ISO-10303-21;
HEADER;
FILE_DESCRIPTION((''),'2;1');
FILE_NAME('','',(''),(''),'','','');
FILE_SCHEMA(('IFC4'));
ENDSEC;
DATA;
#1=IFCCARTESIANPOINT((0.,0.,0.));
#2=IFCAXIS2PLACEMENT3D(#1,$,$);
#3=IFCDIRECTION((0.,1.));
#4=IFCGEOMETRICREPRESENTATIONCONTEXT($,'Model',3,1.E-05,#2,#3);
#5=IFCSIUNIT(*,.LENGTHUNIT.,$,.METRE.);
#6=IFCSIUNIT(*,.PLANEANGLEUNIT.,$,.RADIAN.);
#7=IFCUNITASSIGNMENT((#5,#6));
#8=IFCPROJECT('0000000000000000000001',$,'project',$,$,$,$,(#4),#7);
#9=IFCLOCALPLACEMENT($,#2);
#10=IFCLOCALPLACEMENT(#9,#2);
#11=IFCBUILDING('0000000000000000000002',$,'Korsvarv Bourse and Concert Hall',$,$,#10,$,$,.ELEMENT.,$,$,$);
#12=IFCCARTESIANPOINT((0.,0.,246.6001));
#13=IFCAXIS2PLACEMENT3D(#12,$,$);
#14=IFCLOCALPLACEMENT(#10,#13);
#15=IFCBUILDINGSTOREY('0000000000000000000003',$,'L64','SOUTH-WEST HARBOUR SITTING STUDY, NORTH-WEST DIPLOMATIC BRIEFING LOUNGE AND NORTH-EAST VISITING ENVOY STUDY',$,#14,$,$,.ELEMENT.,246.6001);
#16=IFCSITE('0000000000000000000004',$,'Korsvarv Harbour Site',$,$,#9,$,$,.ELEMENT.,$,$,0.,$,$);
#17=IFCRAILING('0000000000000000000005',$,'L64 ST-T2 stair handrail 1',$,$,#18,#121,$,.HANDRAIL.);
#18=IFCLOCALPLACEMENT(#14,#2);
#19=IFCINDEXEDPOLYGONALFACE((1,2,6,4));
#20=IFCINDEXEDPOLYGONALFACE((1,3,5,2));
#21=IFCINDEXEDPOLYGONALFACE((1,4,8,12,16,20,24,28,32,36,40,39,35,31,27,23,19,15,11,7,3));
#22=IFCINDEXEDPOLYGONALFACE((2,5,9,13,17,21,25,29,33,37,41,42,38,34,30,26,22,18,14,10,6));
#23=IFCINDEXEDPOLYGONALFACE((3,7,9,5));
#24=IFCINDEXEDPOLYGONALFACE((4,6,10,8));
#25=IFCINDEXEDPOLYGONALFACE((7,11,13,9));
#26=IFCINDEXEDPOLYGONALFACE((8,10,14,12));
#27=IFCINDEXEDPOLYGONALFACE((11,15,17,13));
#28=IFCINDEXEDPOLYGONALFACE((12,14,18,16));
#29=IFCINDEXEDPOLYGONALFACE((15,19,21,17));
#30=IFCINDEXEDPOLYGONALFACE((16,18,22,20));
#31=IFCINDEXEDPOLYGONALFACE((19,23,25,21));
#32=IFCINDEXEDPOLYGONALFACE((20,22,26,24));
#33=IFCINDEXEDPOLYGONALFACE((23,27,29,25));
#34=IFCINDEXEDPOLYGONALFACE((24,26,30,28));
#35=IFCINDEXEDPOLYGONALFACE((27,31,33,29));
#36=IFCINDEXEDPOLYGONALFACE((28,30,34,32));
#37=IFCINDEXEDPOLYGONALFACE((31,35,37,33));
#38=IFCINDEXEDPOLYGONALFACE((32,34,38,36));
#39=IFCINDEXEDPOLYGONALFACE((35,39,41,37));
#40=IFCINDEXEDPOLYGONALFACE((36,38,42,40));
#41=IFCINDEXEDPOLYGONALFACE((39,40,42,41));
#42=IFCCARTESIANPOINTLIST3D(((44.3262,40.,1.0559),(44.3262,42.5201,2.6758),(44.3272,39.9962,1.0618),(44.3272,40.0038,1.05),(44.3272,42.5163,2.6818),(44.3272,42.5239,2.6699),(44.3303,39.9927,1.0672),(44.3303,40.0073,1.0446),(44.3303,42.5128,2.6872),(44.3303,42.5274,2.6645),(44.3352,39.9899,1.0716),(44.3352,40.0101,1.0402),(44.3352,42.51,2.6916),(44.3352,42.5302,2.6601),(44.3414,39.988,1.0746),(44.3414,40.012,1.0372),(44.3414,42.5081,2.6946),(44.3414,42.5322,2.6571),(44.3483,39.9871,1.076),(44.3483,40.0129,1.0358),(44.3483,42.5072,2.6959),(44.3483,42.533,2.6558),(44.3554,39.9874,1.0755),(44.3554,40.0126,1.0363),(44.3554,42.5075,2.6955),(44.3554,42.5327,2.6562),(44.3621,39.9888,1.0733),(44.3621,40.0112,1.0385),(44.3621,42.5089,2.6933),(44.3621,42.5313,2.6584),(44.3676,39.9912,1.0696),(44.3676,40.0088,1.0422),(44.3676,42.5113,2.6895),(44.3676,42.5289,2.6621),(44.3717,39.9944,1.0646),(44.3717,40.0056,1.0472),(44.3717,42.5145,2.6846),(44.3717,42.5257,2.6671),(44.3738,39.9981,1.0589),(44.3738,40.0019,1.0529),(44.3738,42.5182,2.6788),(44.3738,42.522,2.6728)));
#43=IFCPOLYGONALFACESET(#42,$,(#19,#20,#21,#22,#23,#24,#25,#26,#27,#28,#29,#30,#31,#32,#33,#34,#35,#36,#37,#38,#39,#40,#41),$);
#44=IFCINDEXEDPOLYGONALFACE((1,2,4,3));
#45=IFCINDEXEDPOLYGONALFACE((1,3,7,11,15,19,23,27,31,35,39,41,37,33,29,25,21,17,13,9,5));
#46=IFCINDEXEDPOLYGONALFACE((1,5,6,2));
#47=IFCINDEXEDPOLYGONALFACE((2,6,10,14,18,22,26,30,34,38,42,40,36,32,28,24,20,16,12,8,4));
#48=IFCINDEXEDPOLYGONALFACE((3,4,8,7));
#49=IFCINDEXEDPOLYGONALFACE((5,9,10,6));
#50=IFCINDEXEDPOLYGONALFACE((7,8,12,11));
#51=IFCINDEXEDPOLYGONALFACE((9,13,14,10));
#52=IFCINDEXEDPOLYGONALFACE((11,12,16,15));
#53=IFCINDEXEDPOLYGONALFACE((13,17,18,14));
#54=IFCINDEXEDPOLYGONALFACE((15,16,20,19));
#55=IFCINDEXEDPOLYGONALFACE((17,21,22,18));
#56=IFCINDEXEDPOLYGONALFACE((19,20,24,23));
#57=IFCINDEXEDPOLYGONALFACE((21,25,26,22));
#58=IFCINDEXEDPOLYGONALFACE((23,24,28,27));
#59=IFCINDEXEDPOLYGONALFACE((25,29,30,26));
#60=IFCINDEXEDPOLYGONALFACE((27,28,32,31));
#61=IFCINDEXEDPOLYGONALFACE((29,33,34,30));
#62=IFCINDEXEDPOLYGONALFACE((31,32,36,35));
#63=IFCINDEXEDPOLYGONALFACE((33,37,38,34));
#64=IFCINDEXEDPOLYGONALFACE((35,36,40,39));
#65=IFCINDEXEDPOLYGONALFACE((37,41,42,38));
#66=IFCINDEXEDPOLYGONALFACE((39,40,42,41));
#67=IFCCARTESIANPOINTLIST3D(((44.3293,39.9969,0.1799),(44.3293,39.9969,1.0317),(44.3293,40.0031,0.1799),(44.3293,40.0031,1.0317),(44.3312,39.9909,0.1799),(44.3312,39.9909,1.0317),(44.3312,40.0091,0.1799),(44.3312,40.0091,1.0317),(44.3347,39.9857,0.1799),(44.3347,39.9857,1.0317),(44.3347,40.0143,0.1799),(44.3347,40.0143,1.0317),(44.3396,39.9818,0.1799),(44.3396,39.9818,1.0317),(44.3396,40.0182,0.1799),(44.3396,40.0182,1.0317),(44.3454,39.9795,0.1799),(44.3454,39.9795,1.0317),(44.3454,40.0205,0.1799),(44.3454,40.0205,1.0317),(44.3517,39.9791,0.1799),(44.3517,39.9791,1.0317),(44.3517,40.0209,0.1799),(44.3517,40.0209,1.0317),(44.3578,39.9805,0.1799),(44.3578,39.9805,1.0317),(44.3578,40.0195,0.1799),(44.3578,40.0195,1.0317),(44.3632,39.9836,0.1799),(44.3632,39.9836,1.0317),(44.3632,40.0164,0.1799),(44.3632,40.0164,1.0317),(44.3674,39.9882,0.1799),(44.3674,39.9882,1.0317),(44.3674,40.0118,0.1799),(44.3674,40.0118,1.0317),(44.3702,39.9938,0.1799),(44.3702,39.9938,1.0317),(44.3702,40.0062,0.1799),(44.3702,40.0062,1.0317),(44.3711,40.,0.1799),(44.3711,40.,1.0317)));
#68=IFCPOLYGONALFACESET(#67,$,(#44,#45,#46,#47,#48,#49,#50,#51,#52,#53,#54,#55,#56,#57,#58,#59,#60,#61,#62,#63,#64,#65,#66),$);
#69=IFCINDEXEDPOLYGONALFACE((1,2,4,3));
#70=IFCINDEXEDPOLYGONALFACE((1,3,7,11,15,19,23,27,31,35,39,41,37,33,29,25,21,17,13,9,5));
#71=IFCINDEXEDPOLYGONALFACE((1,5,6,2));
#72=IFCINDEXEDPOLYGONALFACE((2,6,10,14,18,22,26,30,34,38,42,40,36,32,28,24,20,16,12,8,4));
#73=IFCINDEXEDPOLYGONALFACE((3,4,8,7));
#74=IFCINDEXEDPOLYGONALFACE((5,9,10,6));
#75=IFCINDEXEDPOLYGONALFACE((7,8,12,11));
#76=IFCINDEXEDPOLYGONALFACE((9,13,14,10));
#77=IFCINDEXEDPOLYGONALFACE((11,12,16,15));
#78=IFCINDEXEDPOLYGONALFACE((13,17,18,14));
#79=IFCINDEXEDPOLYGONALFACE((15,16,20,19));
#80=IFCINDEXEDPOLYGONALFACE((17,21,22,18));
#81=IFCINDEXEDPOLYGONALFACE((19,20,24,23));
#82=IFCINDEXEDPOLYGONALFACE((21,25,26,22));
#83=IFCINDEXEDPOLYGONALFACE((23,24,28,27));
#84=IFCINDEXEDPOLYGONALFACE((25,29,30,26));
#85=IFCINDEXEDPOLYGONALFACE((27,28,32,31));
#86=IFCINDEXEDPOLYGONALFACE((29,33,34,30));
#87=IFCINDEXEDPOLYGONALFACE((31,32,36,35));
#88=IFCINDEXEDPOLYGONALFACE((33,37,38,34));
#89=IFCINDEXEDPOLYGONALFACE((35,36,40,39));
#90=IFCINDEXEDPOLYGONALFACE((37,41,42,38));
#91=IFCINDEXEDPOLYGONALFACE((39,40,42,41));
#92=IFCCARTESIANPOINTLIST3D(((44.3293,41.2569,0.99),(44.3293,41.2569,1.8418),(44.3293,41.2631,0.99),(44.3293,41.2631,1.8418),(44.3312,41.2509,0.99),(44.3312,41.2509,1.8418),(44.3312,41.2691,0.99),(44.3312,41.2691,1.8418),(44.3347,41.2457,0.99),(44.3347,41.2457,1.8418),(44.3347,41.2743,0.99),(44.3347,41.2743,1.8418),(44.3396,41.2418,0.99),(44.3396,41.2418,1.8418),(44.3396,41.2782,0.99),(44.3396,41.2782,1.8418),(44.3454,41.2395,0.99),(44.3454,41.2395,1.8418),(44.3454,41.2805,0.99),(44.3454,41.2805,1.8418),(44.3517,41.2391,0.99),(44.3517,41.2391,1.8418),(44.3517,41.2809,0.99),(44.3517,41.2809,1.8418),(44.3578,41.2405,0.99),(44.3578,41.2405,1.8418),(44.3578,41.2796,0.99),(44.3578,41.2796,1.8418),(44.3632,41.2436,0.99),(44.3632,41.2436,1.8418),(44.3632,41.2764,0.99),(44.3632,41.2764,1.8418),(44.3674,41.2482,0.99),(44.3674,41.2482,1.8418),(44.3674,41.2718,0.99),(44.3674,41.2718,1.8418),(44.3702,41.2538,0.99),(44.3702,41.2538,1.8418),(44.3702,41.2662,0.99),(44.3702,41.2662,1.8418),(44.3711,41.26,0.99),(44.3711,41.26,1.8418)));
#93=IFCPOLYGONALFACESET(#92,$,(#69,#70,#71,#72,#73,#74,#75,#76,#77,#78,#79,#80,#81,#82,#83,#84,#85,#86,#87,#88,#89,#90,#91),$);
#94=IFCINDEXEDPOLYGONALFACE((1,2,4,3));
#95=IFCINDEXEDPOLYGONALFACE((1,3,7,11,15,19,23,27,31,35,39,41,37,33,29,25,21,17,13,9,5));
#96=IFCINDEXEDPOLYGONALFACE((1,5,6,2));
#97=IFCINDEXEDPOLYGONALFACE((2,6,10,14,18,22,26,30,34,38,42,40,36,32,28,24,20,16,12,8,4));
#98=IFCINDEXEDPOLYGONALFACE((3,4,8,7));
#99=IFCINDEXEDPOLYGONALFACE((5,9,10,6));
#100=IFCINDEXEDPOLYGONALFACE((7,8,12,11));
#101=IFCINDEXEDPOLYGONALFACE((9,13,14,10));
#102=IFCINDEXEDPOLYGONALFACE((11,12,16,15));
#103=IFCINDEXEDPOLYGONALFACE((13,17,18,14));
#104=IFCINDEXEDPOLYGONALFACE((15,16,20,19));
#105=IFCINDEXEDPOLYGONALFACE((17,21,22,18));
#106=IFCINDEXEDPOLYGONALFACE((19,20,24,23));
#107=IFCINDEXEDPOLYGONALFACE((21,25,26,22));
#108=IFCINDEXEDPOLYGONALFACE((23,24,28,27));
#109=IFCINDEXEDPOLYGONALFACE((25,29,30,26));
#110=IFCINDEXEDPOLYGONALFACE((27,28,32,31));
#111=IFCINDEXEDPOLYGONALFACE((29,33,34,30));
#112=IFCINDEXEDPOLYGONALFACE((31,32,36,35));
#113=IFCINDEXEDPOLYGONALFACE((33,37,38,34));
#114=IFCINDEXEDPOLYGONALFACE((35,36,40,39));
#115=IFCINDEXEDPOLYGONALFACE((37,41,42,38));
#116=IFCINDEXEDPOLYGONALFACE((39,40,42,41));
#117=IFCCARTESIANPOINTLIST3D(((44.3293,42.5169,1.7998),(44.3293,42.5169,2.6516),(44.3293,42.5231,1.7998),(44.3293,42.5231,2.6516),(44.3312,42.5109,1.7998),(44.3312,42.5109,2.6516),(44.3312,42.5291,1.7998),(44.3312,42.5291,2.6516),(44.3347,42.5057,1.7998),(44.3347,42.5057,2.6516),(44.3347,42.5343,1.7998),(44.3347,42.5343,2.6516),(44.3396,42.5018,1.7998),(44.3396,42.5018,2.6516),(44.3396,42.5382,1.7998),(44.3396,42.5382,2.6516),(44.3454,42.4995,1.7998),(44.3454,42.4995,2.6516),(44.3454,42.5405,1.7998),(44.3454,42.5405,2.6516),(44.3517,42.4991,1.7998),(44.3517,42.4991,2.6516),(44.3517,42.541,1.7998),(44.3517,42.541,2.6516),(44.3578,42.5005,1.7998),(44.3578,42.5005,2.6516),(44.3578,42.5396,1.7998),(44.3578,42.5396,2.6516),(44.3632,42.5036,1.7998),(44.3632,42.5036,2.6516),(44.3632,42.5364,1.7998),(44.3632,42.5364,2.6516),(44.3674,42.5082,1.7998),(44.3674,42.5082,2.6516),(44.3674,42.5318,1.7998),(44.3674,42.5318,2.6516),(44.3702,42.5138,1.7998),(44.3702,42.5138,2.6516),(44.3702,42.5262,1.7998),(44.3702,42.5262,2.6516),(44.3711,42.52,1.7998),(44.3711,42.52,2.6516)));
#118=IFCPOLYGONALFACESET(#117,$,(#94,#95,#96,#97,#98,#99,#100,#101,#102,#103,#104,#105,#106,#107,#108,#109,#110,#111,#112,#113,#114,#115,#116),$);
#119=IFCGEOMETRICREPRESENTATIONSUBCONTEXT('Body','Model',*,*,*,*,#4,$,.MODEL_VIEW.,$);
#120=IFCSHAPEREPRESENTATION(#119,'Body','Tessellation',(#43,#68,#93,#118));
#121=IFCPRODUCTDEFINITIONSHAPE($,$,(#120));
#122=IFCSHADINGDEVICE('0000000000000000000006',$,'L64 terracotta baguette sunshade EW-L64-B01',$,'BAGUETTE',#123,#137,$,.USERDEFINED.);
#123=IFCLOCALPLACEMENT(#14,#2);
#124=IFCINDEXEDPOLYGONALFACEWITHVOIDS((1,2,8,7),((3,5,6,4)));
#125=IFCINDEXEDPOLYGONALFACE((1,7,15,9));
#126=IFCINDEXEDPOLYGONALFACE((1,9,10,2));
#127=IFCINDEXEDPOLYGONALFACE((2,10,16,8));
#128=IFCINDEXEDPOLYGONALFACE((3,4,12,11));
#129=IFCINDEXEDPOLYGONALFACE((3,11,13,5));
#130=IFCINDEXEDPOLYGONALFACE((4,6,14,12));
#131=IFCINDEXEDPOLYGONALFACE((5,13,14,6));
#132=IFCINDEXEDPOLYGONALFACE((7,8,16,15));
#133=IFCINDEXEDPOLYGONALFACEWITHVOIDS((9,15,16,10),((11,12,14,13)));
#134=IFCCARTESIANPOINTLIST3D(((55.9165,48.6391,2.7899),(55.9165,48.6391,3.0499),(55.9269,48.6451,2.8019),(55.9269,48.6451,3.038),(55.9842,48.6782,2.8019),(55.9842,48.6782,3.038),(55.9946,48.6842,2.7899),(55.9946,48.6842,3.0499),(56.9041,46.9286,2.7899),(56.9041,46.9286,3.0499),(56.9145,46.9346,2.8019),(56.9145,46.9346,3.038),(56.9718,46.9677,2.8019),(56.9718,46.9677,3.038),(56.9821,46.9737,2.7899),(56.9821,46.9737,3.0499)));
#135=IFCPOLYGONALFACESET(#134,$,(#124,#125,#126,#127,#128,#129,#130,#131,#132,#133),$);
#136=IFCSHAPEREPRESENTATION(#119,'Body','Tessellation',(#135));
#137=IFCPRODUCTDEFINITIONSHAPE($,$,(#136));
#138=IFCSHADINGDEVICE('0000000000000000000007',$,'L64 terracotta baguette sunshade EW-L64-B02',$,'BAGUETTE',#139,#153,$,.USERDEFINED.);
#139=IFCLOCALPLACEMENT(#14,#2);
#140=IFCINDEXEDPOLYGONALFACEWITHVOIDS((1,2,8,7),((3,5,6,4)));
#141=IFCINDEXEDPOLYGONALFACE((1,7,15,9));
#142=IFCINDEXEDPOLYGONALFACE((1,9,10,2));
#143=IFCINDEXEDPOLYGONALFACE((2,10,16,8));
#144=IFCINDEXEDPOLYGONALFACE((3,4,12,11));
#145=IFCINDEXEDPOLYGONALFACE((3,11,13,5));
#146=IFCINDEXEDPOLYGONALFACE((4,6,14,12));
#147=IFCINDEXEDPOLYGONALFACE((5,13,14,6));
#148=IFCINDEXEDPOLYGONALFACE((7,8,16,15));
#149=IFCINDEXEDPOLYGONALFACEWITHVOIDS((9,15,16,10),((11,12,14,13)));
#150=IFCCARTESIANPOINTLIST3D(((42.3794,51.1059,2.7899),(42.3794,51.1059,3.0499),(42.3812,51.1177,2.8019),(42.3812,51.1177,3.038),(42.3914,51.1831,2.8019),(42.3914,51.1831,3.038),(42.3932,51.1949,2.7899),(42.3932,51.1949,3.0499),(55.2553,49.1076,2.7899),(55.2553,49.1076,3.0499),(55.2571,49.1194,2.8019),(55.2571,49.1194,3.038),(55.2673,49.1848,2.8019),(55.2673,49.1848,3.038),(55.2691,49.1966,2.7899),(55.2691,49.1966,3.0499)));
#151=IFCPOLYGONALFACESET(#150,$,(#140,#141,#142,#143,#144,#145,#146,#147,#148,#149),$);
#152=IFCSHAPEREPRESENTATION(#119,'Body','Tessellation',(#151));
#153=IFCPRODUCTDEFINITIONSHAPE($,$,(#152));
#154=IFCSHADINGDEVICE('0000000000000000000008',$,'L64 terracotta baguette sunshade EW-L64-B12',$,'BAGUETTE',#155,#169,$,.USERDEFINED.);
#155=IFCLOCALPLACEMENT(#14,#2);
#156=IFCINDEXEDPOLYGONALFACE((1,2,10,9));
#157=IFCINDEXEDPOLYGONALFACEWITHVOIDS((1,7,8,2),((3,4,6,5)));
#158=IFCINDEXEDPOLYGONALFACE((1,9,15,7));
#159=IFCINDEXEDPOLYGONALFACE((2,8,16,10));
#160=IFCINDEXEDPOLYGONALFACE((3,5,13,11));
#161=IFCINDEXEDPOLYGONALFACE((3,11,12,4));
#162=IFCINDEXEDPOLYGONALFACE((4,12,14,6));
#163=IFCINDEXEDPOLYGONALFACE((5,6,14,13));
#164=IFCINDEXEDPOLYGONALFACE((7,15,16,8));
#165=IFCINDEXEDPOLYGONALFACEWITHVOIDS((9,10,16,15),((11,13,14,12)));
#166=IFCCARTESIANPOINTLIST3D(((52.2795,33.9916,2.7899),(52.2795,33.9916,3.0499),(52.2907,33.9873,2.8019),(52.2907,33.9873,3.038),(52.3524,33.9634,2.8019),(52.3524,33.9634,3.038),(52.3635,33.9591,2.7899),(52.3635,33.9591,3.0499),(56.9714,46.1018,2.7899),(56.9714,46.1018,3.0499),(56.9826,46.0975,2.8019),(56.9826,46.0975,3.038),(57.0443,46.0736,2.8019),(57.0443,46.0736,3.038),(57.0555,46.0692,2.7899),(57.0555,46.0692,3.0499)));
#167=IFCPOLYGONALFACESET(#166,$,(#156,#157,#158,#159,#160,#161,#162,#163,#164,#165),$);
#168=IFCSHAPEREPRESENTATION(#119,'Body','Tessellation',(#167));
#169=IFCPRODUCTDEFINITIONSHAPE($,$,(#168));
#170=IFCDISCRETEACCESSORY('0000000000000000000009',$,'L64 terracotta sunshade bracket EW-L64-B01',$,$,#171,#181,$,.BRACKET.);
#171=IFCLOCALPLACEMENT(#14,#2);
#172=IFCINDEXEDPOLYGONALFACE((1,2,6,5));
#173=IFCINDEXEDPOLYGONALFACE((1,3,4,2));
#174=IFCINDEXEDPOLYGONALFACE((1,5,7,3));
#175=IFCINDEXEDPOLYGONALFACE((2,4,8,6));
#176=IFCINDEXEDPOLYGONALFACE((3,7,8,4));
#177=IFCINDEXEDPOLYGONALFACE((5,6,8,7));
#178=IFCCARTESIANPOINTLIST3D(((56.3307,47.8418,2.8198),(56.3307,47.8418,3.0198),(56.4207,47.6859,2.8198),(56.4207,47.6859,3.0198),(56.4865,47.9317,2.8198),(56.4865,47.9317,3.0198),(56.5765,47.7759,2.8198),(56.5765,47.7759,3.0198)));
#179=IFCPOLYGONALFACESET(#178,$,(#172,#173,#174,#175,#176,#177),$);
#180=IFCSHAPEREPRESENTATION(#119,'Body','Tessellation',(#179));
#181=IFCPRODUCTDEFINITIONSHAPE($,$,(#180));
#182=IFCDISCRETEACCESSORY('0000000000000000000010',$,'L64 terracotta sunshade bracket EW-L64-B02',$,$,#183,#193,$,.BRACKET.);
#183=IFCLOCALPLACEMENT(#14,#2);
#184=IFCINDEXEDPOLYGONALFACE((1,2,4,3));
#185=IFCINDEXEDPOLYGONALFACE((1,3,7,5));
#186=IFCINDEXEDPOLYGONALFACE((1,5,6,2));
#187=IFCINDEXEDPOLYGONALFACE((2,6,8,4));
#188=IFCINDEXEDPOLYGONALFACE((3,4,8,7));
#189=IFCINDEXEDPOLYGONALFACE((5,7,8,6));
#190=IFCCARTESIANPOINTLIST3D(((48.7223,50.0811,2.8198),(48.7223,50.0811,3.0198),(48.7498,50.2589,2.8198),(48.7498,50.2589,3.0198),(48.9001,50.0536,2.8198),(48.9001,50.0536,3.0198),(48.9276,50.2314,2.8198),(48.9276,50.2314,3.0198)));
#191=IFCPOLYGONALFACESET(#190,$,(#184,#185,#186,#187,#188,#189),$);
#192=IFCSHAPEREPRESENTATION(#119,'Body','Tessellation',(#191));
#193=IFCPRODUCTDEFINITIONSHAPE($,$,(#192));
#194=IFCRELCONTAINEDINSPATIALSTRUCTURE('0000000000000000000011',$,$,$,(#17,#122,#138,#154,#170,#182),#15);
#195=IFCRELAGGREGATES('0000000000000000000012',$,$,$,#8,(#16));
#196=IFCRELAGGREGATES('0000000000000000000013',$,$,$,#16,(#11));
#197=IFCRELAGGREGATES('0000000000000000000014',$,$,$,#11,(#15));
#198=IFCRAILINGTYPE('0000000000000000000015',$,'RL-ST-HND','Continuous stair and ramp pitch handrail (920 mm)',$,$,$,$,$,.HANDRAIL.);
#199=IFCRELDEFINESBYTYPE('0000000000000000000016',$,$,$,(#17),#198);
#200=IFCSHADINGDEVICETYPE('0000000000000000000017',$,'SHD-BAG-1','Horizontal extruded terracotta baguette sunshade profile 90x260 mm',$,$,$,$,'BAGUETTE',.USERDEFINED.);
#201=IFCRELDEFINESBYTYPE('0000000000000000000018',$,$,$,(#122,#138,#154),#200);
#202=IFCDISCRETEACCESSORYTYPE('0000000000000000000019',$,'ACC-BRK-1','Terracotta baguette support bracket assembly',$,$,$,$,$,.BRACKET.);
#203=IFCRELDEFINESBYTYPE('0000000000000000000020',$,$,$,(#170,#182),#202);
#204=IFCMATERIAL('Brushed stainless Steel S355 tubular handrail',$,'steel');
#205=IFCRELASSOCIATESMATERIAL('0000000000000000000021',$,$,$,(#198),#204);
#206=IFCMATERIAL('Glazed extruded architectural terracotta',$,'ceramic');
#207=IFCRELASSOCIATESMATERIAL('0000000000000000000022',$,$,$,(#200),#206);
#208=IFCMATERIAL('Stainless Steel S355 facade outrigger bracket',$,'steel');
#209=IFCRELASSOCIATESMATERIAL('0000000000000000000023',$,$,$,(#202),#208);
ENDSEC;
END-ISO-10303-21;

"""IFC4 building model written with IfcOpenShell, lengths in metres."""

from ifc_helpers import new_model, si_unit, direction, frame, origin, origin_2d, place, context, subcontext, project, spatial, rectangle, hollow_rectangle, circle, extrude, source, transform, mapped, material, material_profile, profile_set, type_object, element, save


model = new_model("IFC4")

# Units and contexts
model_context = context("Model", 3, precision=1e-05, world=origin(), true_north=direction((0.0, 1.0)))
body_context = subcontext(model_context, "Body", "Model", "MODEL_VIEW")
ifc_project = project(units=[si_unit("LENGTHUNIT", "METRE"), si_unit("PLANEANGLEUNIT", "RADIAN")], contexts=[model_context])

# Site, building, storey
site_placement = place(None, origin())
site = spatial("IfcSite", under=ifc_project, at=site_placement, Name="Korsvarv Harbour Site", CompositionType="ELEMENT", RefElevation=0.0)
building_placement = place(site_placement, origin())
building = spatial("IfcBuilding", under=site, at=building_placement, Name="Korsvarv Bourse and Concert Hall", CompositionType="ELEMENT")
storey_placement = place(building_placement, frame((0.0, 0.0, 246.6001)))
storey = spatial("IfcBuildingStorey", under=building, at=storey_placement, Name="L64", Description="SOUTH-WEST HARBOUR SITTING STUDY, NORTH-WEST DIPLOMATIC BRIEFING LOUNGE AND NORTH-EAST VISITING ENVOY STUDY", CompositionType="ELEMENT", Elevation=246.6001)

# Railing
ifc_material_1 = material(Name="Brushed stainless Steel S355 tubular handrail", Category="steel")
railing_type_1 = type_object("IfcRailingType", Name="RL-ST-HND", Description="Continuous stair and ramp pitch handrail (920 mm)", PredefinedType="HANDRAIL", material=ifc_material_1)
railing_1_placement = place(storey_placement, frame((44.3501, 40.0, 0.1799)))
element("IfcRailing", 1, at=railing_1_placement, inside=storey, type_object=railing_type_1, Name="L64 ST-T2 stair handrail 1", PredefinedType="HANDRAIL", context=body_context, shape_type="SweptSolid", body=[
    extrude(circle(Radius=0.0239, at=origin_2d()), frame((0.0, 0.0, 0.876), z_axis=(0.0, 0.8412, 0.540725), x_axis=(-1.0, 0.0, 0.0)), (0.0, 0.0, 1.0), 2.9958),
    extrude(circle(Radius=0.021, at=origin_2d()), origin(), (0.0, 0.0, 1.0), 0.8518),
    extrude(circle(Radius=0.021, at=origin_2d()), frame((0.0, 1.26, 0.8101)), (0.0, 0.0, 1.0), 0.8518),
    extrude(circle(Radius=0.021, at=origin_2d()), frame((0.0, 2.52, 1.6199)), (0.0, 0.0, 1.0), 0.8518),
])

# Shading devices
ifc_material_2 = material(Name="Glazed extruded architectural terracotta", Category="ceramic")
ifc_material_profile_1 = material_profile(ifc_material_2, hollow_rectangle(XDim=0.0901, YDim=0.26, WallThickness=0.012, at=origin_2d()), Name="TC-BAG 90x260")
ifc_profile_set_1 = profile_set([ifc_material_profile_1], Name="Glazed extruded architectural terracotta")
shading_device_type = type_object("IfcShadingDeviceType", Name="SHD-BAG-1", Description="Horizontal extruded terracotta baguette sunshade profile 90x260 mm", ElementType="BAGUETTE", PredefinedType="USERDEFINED", material=ifc_profile_set_1)
shared_shape_1 = source(origin(), body_context, "Body", "SweptSolid", [
    extrude(hollow_rectangle(XDim=0.0901, YDim=0.26, WallThickness=0.012, at=origin_2d()), origin(), (0.0, 0.0, 1.0), 1.9751),
])
shading_device_1_placement = place(storey_placement, frame((56.9431, 46.9512, 2.9199), z_axis=(-0.500008, 0.866021, 0.0), x_axis=(-0.866021, -0.500008, 0.0)))
element("IfcShadingDevice", 2, at=shading_device_1_placement, inside=storey, type_object=shading_device_type, Name="L64 terracotta baguette sunshade EW-L64-B01", ObjectType="BAGUETTE", PredefinedType="USERDEFINED", context=body_context, shape_type="MappedRepresentation", body=[
    mapped(shared_shape_1, transform((0.0, 0.0, 0.0), scale=1.0)),
])
shared_shape_2 = source(origin(), body_context, "Body", "SweptSolid", [
    extrude(hollow_rectangle(XDim=0.0901, YDim=0.26, WallThickness=0.012, at=origin_2d()), origin(), (0.0, 0.0, 1.0), 13.03),
])
shading_device_2_placement = place(storey_placement, frame((55.2622, 49.1521, 2.9199), z_axis=(-0.98817, 0.153359, 0.0), x_axis=(-0.153359, -0.98817, 0.0)))
element("IfcShadingDevice", 3, at=shading_device_2_placement, inside=storey, type_object=shading_device_type, Name="L64 terracotta baguette sunshade EW-L64-B02", ObjectType="BAGUETTE", PredefinedType="USERDEFINED", context=body_context, shape_type="MappedRepresentation", body=[
    mapped(shared_shape_2, transform((0.0, 0.0, 0.0), scale=1.0)),
])
shared_shape_3 = source(origin(), body_context, "Body", "SweptSolid", [
    extrude(hollow_rectangle(XDim=0.0901, YDim=0.26, WallThickness=0.012, at=origin_2d()), origin(), (0.0, 0.0, 1.0), 12.9873),
])
shading_device_3_placement = place(storey_placement, frame((52.3215, 33.9753, 2.9199), z_axis=(0.361269, 0.932461, 0.0), x_axis=(-0.932461, 0.361269, 0.0)))
element("IfcShadingDevice", 4, at=shading_device_3_placement, inside=storey, type_object=shading_device_type, Name="L64 terracotta baguette sunshade EW-L64-B12", ObjectType="BAGUETTE", PredefinedType="USERDEFINED", context=body_context, shape_type="MappedRepresentation", body=[
    mapped(shared_shape_3, transform((0.0, 0.0, 0.0), scale=1.0)),
])

# Discrete accessories
ifc_material_3 = material(Name="Stainless Steel S355 facade outrigger bracket", Category="steel")
discrete_accessory_type = type_object("IfcDiscreteAccessoryType", Name="ACC-BRK-1", Description="Terracotta baguette support bracket assembly", PredefinedType="BRACKET", material=ifc_material_3)
shared_shape_4 = source(origin(), body_context, "Body", "SweptSolid", [
    extrude(rectangle(XDim=0.1799, YDim=0.1799, at=origin_2d()), origin(), (0.0, 0.0, 1.0), 0.2),
])
for number, where, z_axis, x_axis, name in (
    (5, (56.4536, 47.8088, 2.8198), (0.0, 0.0, 1.0), (-0.5, 0.866025, 0.0), "L64 terracotta sunshade bracket EW-L64-B01"),
    (6, (48.825, 50.1562, 2.8198), (0.0, 0.0, 1.0), (-0.988175, 0.153331, 0.0), "L64 terracotta sunshade bracket EW-L64-B02"),
):
    element("IfcDiscreteAccessory", number, at=place(storey_placement, frame(where, z_axis=z_axis, x_axis=x_axis)), inside=storey, type_object=discrete_accessory_type, Name=name, PredefinedType="BRACKET", context=body_context, shape_type="MappedRepresentation", body=[
        mapped(shared_shape_4, transform((0.0, 0.0, 0.0), scale=1.0)),
    ])

save(model, "model.ifc")
